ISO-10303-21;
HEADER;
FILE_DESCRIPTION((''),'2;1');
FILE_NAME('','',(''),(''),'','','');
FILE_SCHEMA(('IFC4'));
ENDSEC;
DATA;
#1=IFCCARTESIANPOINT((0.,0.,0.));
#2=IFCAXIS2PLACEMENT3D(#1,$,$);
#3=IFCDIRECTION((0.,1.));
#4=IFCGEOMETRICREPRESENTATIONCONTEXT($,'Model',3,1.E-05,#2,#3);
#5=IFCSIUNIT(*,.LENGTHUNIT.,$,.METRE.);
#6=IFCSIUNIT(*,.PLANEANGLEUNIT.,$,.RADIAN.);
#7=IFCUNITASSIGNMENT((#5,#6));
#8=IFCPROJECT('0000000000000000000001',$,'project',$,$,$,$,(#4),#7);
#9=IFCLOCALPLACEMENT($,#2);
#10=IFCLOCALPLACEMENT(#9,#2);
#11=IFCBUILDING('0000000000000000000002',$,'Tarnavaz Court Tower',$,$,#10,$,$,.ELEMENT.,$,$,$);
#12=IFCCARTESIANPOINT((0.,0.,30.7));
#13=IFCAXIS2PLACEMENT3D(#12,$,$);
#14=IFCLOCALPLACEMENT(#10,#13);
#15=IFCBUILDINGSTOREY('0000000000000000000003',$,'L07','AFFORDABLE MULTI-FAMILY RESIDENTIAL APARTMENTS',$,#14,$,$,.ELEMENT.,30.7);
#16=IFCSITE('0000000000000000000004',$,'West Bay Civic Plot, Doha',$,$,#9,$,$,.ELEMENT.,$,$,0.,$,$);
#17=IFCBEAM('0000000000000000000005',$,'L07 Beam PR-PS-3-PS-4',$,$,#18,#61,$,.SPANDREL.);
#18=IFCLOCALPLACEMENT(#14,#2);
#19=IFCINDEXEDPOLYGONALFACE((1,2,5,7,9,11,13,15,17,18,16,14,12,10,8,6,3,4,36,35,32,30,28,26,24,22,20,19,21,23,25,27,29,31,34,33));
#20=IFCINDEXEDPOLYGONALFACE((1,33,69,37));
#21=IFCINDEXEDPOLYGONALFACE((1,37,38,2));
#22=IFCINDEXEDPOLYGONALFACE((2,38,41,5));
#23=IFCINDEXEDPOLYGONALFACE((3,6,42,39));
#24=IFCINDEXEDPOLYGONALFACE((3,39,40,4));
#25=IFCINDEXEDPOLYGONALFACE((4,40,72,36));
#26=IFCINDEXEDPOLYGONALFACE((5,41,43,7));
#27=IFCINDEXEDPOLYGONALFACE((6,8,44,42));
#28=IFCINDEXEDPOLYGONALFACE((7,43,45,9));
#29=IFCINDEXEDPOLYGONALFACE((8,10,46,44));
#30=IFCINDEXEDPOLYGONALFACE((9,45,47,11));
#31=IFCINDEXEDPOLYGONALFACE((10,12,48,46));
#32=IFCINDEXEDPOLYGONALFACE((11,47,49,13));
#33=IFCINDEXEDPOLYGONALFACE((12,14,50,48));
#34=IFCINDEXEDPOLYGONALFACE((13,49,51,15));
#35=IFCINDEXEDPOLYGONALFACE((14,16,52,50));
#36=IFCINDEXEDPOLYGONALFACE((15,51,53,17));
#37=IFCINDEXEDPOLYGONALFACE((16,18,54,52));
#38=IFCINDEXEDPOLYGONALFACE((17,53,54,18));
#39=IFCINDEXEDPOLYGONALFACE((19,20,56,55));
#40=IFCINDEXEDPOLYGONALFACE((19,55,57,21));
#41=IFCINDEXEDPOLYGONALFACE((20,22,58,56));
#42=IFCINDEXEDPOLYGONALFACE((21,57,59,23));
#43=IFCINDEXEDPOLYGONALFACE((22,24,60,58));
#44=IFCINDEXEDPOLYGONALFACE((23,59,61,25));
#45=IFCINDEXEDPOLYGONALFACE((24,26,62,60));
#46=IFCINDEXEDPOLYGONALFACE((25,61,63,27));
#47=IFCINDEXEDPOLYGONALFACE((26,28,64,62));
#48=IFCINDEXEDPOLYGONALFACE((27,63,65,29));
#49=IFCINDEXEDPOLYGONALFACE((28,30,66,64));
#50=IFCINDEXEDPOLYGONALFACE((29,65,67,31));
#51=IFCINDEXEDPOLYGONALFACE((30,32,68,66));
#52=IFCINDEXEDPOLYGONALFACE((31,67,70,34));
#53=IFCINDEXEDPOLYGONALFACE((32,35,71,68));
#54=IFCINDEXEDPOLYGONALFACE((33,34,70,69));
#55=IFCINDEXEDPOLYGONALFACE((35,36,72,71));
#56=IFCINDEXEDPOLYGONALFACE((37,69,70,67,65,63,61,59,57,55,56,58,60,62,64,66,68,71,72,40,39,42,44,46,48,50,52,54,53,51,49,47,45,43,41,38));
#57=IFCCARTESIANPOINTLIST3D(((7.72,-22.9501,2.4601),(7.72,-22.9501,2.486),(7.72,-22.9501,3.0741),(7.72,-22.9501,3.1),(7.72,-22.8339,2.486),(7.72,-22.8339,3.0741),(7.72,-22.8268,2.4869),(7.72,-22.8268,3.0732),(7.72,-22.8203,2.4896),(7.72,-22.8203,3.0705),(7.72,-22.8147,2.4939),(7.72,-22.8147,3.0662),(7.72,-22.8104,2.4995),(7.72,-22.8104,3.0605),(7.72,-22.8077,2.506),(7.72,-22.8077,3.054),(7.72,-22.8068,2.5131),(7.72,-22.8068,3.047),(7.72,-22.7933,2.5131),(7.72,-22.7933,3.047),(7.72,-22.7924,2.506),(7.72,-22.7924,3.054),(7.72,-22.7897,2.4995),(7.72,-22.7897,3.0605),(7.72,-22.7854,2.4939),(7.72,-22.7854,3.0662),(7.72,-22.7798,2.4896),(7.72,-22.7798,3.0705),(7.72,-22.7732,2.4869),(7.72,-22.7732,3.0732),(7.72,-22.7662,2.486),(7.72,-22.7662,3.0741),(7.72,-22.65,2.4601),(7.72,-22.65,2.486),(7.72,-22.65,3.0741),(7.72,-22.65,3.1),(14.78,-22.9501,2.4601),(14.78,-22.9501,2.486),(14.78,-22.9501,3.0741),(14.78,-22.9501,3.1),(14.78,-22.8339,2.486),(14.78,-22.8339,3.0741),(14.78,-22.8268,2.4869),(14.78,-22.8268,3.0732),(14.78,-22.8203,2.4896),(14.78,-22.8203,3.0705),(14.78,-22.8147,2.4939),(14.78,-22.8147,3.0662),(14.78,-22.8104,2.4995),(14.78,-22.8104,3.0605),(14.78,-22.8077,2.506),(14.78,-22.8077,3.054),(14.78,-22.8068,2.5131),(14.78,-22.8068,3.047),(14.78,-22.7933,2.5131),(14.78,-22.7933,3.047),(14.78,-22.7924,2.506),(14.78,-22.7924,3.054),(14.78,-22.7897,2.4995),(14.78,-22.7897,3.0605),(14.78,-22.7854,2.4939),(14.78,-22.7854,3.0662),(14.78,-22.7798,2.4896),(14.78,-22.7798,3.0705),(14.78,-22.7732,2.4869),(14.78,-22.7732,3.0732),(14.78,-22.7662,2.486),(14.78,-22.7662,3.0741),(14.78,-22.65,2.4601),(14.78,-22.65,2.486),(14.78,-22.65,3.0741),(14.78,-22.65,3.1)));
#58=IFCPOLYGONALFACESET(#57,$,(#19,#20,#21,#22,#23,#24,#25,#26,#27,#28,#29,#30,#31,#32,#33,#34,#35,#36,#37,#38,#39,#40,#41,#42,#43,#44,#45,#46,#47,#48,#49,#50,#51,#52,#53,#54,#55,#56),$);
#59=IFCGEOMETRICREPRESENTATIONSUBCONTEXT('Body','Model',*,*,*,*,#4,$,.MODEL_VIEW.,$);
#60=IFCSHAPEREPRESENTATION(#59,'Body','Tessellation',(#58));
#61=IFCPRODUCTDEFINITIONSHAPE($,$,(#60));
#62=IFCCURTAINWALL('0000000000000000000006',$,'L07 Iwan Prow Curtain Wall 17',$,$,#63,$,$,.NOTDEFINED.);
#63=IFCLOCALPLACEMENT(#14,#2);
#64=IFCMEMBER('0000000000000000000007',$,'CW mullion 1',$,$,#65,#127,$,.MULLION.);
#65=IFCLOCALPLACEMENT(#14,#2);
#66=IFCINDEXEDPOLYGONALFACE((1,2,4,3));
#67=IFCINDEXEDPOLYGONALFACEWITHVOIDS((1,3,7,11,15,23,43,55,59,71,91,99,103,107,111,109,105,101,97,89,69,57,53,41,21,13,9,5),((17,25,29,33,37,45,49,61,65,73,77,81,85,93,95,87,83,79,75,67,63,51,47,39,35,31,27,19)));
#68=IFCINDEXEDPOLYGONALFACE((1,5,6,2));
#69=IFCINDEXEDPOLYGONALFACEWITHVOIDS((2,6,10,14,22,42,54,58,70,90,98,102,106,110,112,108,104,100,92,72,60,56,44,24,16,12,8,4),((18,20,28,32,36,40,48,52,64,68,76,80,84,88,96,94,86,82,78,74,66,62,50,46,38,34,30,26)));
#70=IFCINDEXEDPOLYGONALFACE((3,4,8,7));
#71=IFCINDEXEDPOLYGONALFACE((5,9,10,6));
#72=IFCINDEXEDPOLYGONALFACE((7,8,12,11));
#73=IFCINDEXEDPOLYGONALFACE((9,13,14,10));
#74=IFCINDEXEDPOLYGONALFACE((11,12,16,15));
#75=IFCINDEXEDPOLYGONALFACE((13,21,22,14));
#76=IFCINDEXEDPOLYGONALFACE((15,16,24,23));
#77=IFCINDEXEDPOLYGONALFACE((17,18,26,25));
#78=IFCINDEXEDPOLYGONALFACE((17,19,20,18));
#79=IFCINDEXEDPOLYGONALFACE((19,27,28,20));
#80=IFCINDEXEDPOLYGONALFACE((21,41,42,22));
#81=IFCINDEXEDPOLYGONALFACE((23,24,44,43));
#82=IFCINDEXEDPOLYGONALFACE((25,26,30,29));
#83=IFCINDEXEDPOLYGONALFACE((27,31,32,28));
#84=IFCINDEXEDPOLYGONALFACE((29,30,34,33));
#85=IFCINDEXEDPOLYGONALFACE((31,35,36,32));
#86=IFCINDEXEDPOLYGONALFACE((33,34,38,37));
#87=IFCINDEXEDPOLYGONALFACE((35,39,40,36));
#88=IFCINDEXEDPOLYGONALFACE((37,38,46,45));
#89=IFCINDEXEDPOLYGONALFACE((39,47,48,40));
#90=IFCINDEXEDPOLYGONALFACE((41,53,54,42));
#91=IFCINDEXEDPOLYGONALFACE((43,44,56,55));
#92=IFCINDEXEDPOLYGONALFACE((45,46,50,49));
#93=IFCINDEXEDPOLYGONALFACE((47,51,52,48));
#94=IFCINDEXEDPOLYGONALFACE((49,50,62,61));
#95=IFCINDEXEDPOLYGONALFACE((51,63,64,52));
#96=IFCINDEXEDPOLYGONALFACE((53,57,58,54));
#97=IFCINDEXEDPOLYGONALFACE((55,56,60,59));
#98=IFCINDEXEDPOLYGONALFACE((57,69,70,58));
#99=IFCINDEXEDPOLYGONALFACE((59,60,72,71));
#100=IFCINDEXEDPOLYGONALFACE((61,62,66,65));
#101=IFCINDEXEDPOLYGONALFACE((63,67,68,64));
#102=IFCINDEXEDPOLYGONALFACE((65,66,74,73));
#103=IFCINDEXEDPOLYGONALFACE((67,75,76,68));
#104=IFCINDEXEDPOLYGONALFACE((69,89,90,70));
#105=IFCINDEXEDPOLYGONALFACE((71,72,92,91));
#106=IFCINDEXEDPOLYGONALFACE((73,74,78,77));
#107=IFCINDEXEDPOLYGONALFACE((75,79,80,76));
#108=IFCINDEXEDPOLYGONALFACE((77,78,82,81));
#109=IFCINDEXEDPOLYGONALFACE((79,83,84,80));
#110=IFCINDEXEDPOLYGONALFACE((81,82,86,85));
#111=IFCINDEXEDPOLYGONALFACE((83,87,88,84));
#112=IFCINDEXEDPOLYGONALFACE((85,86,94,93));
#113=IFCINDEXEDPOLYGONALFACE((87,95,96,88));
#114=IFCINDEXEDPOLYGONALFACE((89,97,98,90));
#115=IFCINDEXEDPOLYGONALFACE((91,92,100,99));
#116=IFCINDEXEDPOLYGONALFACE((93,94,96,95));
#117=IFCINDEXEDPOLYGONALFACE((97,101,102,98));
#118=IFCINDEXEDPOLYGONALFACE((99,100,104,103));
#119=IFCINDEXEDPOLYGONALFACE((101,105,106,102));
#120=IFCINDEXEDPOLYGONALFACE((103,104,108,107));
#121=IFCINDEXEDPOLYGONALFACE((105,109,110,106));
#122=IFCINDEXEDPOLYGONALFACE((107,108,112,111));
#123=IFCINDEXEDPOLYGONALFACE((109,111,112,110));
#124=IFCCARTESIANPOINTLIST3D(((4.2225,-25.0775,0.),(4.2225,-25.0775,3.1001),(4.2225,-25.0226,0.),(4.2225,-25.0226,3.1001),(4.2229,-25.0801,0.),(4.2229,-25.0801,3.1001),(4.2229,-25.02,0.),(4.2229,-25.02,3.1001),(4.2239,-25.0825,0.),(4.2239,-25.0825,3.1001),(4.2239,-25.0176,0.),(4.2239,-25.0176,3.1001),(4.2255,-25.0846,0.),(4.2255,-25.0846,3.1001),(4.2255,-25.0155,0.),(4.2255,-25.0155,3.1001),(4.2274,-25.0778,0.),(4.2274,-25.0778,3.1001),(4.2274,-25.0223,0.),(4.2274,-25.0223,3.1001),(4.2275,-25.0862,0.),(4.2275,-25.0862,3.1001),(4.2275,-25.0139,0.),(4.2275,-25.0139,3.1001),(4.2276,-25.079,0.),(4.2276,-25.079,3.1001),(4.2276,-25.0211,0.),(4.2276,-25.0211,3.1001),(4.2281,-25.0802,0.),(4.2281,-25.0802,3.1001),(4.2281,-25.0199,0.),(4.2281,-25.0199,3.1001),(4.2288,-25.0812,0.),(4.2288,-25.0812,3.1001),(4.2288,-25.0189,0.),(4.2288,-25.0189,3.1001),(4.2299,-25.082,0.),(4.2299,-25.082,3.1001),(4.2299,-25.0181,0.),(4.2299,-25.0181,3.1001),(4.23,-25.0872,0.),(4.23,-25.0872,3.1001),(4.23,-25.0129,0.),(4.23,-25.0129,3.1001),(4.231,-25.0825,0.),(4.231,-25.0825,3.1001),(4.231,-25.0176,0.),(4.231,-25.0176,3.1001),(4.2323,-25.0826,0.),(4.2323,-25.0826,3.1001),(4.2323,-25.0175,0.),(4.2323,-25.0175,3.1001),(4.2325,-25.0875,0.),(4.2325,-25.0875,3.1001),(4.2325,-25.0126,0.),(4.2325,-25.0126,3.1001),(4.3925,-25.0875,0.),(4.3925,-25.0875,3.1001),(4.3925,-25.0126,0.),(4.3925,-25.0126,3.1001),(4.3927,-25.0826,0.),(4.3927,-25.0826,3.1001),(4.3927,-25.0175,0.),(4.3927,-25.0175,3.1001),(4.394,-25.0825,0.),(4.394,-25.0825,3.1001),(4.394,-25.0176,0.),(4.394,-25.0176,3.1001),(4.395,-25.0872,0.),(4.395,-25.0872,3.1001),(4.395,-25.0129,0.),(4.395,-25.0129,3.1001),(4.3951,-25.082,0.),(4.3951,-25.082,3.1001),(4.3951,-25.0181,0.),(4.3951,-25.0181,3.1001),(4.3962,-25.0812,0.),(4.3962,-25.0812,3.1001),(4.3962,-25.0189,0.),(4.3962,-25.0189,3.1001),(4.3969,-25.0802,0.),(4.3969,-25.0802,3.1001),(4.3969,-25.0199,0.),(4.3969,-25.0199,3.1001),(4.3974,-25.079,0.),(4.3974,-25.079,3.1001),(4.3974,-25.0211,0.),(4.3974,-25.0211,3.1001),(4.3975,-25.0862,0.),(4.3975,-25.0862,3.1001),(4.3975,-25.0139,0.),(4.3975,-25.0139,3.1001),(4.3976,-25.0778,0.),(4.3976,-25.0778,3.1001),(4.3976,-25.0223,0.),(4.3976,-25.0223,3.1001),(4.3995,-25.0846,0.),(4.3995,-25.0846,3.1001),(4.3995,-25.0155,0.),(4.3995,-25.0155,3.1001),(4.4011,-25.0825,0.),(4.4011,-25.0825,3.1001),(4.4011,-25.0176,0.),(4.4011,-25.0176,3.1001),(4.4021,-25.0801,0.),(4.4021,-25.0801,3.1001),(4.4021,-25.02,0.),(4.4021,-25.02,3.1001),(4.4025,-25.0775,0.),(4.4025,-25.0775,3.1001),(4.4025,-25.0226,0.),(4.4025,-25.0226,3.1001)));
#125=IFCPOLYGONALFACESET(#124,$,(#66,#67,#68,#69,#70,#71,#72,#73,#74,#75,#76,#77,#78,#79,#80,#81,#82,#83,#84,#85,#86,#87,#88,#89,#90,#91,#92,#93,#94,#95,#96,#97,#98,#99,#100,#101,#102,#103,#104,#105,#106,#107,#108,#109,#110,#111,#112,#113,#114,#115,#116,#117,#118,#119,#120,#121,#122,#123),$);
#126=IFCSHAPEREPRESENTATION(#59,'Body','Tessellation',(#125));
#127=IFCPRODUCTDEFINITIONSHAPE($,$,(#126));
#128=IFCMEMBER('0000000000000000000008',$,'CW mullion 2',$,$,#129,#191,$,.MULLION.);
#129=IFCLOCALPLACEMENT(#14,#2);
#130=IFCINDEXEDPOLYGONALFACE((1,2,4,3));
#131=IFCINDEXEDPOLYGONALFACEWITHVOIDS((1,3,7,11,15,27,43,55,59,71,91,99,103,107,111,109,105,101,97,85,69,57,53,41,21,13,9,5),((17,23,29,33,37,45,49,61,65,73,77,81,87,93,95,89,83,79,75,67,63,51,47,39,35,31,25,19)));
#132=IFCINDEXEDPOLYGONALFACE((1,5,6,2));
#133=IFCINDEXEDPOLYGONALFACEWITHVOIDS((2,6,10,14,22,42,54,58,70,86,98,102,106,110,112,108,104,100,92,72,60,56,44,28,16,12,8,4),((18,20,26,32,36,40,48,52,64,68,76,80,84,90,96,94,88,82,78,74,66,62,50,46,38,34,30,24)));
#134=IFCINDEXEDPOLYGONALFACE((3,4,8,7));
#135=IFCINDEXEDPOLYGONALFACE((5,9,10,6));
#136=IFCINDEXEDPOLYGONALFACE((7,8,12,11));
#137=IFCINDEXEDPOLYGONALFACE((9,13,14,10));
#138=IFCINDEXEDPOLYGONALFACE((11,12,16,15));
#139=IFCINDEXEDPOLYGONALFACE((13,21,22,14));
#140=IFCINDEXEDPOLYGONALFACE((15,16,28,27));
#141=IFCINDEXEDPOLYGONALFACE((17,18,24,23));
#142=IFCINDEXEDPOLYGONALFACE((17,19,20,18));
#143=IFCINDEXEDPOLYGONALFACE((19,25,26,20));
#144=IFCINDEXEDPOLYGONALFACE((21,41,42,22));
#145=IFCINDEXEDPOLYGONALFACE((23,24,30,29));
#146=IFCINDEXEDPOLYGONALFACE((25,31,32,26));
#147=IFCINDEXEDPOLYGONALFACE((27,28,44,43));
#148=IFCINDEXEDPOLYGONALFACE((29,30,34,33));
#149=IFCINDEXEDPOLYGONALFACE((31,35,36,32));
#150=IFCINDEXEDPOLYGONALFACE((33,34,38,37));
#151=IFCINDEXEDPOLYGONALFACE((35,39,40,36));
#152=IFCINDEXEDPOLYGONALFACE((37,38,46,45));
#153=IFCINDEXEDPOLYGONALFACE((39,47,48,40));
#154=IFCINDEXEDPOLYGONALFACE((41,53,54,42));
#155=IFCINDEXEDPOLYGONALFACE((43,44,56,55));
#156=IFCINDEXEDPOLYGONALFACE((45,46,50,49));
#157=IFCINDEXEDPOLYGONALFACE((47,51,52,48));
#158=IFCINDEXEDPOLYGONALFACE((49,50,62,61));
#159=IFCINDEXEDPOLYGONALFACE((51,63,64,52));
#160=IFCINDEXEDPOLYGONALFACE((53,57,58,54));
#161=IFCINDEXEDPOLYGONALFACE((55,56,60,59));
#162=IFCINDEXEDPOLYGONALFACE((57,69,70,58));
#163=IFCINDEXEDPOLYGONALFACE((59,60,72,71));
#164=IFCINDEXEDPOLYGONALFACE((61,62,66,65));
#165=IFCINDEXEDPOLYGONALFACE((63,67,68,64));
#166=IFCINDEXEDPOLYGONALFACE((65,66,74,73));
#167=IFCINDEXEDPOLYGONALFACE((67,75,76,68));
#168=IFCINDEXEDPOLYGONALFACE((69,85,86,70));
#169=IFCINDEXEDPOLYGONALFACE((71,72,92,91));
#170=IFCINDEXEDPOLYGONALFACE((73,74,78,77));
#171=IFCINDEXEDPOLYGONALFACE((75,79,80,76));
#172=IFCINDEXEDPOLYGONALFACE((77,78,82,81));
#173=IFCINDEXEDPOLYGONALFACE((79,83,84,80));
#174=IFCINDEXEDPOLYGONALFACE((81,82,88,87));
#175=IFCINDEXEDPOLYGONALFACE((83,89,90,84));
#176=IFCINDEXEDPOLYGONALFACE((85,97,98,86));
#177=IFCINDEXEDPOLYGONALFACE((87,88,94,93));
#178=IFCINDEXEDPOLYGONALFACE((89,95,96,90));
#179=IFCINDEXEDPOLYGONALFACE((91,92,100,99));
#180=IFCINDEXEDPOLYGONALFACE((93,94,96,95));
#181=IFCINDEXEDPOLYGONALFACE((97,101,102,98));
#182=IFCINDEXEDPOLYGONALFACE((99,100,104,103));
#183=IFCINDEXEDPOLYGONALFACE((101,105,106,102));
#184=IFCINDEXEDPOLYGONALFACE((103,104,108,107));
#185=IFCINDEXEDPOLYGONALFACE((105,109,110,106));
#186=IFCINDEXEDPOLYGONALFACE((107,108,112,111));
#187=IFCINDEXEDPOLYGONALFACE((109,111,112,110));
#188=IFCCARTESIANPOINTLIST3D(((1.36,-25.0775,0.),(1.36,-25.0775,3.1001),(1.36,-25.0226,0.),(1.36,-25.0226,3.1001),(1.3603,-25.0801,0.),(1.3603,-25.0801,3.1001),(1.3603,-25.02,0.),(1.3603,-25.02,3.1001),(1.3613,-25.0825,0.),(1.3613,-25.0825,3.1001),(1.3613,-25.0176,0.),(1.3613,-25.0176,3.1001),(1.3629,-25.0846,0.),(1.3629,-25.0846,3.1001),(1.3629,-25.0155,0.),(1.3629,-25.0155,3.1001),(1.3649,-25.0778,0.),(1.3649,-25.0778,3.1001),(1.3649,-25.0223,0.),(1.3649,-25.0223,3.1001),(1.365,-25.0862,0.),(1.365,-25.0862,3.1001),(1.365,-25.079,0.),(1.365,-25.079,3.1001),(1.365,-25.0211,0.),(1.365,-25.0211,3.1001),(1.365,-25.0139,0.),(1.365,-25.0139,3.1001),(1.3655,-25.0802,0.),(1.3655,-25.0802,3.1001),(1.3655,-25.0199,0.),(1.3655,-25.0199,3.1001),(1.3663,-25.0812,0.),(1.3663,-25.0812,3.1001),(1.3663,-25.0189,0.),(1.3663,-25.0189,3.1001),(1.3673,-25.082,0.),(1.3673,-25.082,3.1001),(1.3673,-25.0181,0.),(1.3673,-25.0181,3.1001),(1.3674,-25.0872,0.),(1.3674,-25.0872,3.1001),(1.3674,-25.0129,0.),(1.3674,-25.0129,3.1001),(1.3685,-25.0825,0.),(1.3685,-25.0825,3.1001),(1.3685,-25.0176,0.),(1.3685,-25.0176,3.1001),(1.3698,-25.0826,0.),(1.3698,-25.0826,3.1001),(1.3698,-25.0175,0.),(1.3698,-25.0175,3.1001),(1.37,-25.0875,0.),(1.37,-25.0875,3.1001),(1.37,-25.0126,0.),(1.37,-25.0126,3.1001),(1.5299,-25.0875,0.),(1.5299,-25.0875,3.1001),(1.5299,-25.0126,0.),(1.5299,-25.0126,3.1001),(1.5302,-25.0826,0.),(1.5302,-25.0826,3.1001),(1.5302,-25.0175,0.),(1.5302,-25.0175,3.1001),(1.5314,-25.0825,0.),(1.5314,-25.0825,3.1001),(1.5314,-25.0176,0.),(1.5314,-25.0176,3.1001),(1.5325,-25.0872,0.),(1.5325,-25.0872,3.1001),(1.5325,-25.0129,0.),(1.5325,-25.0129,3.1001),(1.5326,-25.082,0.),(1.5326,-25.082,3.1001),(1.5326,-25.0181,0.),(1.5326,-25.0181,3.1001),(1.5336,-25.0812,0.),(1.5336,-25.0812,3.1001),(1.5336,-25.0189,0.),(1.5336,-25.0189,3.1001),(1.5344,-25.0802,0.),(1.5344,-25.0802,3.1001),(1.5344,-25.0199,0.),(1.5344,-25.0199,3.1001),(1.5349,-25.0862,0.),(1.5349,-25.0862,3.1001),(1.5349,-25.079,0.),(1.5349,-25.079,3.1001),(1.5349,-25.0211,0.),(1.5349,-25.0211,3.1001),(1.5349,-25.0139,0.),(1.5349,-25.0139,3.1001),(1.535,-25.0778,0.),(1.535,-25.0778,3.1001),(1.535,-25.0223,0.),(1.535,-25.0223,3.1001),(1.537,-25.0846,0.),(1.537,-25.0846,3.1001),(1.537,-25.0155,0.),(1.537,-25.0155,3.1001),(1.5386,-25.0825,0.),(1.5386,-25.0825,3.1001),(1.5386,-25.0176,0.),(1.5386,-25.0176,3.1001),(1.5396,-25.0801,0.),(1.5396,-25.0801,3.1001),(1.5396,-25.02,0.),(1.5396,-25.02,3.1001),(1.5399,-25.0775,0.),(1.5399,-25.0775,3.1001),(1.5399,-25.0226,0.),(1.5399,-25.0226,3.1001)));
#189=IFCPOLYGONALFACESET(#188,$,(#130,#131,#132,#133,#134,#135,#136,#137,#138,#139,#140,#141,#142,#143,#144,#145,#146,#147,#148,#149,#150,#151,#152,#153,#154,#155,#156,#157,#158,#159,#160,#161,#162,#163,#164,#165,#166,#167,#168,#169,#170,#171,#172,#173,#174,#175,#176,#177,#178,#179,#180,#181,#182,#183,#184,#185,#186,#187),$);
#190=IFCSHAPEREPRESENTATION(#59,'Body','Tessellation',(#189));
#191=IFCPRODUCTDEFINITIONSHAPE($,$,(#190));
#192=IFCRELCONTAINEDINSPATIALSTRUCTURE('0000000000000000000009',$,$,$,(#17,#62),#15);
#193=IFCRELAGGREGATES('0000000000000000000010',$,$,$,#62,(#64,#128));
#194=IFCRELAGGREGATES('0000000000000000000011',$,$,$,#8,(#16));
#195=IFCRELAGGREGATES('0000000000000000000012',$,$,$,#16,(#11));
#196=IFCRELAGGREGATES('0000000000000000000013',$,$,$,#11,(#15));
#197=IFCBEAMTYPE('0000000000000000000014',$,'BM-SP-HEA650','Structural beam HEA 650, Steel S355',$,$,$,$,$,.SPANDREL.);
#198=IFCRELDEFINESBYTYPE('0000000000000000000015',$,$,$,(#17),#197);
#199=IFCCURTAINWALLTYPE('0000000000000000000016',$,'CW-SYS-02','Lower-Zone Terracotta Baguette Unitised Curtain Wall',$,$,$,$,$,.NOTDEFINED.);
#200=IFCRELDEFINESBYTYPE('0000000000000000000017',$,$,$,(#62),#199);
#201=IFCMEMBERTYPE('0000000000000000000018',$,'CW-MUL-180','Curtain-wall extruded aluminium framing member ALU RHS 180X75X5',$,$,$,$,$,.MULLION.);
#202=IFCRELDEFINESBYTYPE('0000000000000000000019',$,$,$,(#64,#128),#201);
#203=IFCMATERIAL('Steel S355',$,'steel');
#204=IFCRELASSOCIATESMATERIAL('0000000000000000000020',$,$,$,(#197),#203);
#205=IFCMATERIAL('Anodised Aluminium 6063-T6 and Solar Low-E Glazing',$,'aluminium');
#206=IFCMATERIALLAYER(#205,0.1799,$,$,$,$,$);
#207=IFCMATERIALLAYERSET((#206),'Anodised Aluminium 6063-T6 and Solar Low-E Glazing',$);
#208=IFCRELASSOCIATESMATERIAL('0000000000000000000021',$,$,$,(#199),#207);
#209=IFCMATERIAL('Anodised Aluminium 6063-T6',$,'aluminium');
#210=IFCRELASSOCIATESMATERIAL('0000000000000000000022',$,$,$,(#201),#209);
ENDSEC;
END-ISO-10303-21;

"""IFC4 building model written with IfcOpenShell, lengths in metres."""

from ifc_helpers import new_model, si_unit, direction, frame, origin, origin_2d, place, context, subcontext, project, spatial, hollow_rectangle, i_section, extrude, material, layer, layer_set, material_profile, profile_set, type_object, element, aggregate, save


model = new_model("IFC4")

# Units and contexts
model_context = context("Model", 3, precision=1e-05, world=origin(), true_north=direction((0.0, 1.0)))
body_context = subcontext(model_context, "Body", "Model", "MODEL_VIEW")
ifc_project = project(units=[si_unit("LENGTHUNIT", "METRE"), si_unit("PLANEANGLEUNIT", "RADIAN")], contexts=[model_context])

# Site, building, storey
site_placement = place(None, origin())
site = spatial("IfcSite", under=ifc_project, at=site_placement, Name="West Bay Civic Plot, Doha", CompositionType="ELEMENT", RefElevation=0.0)
building_placement = place(site_placement, origin())
building = spatial("IfcBuilding", under=site, at=building_placement, Name="Tarnavaz Court Tower", CompositionType="ELEMENT")
storey_placement = place(building_placement, frame((0.0, 0.0, 30.7)))
storey = spatial("IfcBuildingStorey", under=building, at=storey_placement, Name="L07", Description="AFFORDABLE MULTI-FAMILY RESIDENTIAL APARTMENTS", CompositionType="ELEMENT", Elevation=30.7)

# Beam
ifc_material_1 = material(Name="Steel S355", Category="steel")
ifc_material_profile_1 = material_profile(ifc_material_1, i_section(OverallWidth=0.3, OverallDepth=0.6399, WebThickness=0.0134, FlangeThickness=0.0259, FilletRadius=0.0271, at=origin_2d()), Name="HEA 650")
ifc_profile_set_1 = profile_set([ifc_material_profile_1], Name="Steel S355")
beam_type_1 = type_object("IfcBeamType", Name="BM-SP-HEA650", Description="Structural beam HEA 650, Steel S355", PredefinedType="SPANDREL", material=ifc_profile_set_1)
beam_placement = place(storey_placement, frame((7.72, -22.8, 2.78), z_axis=(1.0, 0.0, 0.0), x_axis=(0.0, 1.0, 0.0)))
element("IfcBeam", 1, at=beam_placement, inside=storey, type_object=beam_type_1, Name="L07 Beam PR-PS-3-PS-4", PredefinedType="SPANDREL", context=body_context, shape_type="SweptSolid", body=[
    extrude(i_section(OverallWidth=0.3, OverallDepth=0.6399, WebThickness=0.0134, FlangeThickness=0.0259, FilletRadius=0.0271, at=origin_2d()), origin(), (0.0, 0.0, 1.0), 7.0601),
])

# Curtain wall, members
ifc_material_2 = material(Name="Anodised Aluminium 6063-T6 and Solar Low-E Glazing", Category="aluminium")
ifc_layer_1 = layer(ifc_material_2, 0.1799)
ifc_layer_set_1 = layer_set([ifc_layer_1], Name="Anodised Aluminium 6063-T6 and Solar Low-E Glazing")
curtain_wall_type = type_object("IfcCurtainWallType", Name="CW-SYS-02", Description="Lower-Zone Terracotta Baguette Unitised Curtain Wall", PredefinedType="NOTDEFINED", material=ifc_layer_set_1)
curtain_wall_placement = place(storey_placement, origin())
curtain_wall = element("IfcCurtainWall", 2, at=curtain_wall_placement, inside=storey, type_object=curtain_wall_type, Name="L07 Iwan Prow Curtain Wall 17", PredefinedType="NOTDEFINED")
ifc_material_3 = material(Name="Anodised Aluminium 6063-T6", Category="aluminium")
ifc_material_profile_2 = material_profile(ifc_material_3, hollow_rectangle(XDim=0.075, YDim=0.1799, WallThickness=0.0049, InnerFilletRadius=0.0049, OuterFilletRadius=0.01, at=origin_2d()), Name="ALU RHS 180X75X5")
ifc_profile_set_2 = profile_set([ifc_material_profile_2], Name="Anodised Aluminium 6063-T6")
member_type_1 = type_object("IfcMemberType", Name="CW-MUL-180", Description="Curtain-wall extruded aluminium framing member ALU RHS 180X75X5", PredefinedType="MULLION", material=ifc_profile_set_2)
member_1_placement = place(storey_placement, frame((4.3125, -25.05, 0.0), z_axis=(0.0, 0.0, 1.0), x_axis=(0.0, -1.0, 0.0)))
member_1 = element("IfcMember", 3, at=member_1_placement, type_object=member_type_1, Name="CW mullion 1", PredefinedType="MULLION", context=body_context, shape_type="SweptSolid", body=[
    extrude(hollow_rectangle(XDim=0.075, YDim=0.1799, WallThickness=0.0049, InnerFilletRadius=0.0049, OuterFilletRadius=0.01, at=origin_2d()), origin(), (0.0, 0.0, 1.0), 3.1001),
])
member_2_placement = place(storey_placement, frame((1.45, -25.05, 0.0), z_axis=(0.0, 0.0, 1.0), x_axis=(0.0, -1.0, 0.0)))
member_2 = element("IfcMember", 4, at=member_2_placement, type_object=member_type_1, Name="CW mullion 2", PredefinedType="MULLION", context=body_context, shape_type="SweptSolid", body=[
    extrude(hollow_rectangle(XDim=0.075, YDim=0.1799, WallThickness=0.0049, InnerFilletRadius=0.0049, OuterFilletRadius=0.01, at=origin_2d()), origin(), (0.0, 0.0, 1.0), 3.1001),
])
aggregate(curtain_wall, [member_1, member_2])

save(model, "model.ifc")
